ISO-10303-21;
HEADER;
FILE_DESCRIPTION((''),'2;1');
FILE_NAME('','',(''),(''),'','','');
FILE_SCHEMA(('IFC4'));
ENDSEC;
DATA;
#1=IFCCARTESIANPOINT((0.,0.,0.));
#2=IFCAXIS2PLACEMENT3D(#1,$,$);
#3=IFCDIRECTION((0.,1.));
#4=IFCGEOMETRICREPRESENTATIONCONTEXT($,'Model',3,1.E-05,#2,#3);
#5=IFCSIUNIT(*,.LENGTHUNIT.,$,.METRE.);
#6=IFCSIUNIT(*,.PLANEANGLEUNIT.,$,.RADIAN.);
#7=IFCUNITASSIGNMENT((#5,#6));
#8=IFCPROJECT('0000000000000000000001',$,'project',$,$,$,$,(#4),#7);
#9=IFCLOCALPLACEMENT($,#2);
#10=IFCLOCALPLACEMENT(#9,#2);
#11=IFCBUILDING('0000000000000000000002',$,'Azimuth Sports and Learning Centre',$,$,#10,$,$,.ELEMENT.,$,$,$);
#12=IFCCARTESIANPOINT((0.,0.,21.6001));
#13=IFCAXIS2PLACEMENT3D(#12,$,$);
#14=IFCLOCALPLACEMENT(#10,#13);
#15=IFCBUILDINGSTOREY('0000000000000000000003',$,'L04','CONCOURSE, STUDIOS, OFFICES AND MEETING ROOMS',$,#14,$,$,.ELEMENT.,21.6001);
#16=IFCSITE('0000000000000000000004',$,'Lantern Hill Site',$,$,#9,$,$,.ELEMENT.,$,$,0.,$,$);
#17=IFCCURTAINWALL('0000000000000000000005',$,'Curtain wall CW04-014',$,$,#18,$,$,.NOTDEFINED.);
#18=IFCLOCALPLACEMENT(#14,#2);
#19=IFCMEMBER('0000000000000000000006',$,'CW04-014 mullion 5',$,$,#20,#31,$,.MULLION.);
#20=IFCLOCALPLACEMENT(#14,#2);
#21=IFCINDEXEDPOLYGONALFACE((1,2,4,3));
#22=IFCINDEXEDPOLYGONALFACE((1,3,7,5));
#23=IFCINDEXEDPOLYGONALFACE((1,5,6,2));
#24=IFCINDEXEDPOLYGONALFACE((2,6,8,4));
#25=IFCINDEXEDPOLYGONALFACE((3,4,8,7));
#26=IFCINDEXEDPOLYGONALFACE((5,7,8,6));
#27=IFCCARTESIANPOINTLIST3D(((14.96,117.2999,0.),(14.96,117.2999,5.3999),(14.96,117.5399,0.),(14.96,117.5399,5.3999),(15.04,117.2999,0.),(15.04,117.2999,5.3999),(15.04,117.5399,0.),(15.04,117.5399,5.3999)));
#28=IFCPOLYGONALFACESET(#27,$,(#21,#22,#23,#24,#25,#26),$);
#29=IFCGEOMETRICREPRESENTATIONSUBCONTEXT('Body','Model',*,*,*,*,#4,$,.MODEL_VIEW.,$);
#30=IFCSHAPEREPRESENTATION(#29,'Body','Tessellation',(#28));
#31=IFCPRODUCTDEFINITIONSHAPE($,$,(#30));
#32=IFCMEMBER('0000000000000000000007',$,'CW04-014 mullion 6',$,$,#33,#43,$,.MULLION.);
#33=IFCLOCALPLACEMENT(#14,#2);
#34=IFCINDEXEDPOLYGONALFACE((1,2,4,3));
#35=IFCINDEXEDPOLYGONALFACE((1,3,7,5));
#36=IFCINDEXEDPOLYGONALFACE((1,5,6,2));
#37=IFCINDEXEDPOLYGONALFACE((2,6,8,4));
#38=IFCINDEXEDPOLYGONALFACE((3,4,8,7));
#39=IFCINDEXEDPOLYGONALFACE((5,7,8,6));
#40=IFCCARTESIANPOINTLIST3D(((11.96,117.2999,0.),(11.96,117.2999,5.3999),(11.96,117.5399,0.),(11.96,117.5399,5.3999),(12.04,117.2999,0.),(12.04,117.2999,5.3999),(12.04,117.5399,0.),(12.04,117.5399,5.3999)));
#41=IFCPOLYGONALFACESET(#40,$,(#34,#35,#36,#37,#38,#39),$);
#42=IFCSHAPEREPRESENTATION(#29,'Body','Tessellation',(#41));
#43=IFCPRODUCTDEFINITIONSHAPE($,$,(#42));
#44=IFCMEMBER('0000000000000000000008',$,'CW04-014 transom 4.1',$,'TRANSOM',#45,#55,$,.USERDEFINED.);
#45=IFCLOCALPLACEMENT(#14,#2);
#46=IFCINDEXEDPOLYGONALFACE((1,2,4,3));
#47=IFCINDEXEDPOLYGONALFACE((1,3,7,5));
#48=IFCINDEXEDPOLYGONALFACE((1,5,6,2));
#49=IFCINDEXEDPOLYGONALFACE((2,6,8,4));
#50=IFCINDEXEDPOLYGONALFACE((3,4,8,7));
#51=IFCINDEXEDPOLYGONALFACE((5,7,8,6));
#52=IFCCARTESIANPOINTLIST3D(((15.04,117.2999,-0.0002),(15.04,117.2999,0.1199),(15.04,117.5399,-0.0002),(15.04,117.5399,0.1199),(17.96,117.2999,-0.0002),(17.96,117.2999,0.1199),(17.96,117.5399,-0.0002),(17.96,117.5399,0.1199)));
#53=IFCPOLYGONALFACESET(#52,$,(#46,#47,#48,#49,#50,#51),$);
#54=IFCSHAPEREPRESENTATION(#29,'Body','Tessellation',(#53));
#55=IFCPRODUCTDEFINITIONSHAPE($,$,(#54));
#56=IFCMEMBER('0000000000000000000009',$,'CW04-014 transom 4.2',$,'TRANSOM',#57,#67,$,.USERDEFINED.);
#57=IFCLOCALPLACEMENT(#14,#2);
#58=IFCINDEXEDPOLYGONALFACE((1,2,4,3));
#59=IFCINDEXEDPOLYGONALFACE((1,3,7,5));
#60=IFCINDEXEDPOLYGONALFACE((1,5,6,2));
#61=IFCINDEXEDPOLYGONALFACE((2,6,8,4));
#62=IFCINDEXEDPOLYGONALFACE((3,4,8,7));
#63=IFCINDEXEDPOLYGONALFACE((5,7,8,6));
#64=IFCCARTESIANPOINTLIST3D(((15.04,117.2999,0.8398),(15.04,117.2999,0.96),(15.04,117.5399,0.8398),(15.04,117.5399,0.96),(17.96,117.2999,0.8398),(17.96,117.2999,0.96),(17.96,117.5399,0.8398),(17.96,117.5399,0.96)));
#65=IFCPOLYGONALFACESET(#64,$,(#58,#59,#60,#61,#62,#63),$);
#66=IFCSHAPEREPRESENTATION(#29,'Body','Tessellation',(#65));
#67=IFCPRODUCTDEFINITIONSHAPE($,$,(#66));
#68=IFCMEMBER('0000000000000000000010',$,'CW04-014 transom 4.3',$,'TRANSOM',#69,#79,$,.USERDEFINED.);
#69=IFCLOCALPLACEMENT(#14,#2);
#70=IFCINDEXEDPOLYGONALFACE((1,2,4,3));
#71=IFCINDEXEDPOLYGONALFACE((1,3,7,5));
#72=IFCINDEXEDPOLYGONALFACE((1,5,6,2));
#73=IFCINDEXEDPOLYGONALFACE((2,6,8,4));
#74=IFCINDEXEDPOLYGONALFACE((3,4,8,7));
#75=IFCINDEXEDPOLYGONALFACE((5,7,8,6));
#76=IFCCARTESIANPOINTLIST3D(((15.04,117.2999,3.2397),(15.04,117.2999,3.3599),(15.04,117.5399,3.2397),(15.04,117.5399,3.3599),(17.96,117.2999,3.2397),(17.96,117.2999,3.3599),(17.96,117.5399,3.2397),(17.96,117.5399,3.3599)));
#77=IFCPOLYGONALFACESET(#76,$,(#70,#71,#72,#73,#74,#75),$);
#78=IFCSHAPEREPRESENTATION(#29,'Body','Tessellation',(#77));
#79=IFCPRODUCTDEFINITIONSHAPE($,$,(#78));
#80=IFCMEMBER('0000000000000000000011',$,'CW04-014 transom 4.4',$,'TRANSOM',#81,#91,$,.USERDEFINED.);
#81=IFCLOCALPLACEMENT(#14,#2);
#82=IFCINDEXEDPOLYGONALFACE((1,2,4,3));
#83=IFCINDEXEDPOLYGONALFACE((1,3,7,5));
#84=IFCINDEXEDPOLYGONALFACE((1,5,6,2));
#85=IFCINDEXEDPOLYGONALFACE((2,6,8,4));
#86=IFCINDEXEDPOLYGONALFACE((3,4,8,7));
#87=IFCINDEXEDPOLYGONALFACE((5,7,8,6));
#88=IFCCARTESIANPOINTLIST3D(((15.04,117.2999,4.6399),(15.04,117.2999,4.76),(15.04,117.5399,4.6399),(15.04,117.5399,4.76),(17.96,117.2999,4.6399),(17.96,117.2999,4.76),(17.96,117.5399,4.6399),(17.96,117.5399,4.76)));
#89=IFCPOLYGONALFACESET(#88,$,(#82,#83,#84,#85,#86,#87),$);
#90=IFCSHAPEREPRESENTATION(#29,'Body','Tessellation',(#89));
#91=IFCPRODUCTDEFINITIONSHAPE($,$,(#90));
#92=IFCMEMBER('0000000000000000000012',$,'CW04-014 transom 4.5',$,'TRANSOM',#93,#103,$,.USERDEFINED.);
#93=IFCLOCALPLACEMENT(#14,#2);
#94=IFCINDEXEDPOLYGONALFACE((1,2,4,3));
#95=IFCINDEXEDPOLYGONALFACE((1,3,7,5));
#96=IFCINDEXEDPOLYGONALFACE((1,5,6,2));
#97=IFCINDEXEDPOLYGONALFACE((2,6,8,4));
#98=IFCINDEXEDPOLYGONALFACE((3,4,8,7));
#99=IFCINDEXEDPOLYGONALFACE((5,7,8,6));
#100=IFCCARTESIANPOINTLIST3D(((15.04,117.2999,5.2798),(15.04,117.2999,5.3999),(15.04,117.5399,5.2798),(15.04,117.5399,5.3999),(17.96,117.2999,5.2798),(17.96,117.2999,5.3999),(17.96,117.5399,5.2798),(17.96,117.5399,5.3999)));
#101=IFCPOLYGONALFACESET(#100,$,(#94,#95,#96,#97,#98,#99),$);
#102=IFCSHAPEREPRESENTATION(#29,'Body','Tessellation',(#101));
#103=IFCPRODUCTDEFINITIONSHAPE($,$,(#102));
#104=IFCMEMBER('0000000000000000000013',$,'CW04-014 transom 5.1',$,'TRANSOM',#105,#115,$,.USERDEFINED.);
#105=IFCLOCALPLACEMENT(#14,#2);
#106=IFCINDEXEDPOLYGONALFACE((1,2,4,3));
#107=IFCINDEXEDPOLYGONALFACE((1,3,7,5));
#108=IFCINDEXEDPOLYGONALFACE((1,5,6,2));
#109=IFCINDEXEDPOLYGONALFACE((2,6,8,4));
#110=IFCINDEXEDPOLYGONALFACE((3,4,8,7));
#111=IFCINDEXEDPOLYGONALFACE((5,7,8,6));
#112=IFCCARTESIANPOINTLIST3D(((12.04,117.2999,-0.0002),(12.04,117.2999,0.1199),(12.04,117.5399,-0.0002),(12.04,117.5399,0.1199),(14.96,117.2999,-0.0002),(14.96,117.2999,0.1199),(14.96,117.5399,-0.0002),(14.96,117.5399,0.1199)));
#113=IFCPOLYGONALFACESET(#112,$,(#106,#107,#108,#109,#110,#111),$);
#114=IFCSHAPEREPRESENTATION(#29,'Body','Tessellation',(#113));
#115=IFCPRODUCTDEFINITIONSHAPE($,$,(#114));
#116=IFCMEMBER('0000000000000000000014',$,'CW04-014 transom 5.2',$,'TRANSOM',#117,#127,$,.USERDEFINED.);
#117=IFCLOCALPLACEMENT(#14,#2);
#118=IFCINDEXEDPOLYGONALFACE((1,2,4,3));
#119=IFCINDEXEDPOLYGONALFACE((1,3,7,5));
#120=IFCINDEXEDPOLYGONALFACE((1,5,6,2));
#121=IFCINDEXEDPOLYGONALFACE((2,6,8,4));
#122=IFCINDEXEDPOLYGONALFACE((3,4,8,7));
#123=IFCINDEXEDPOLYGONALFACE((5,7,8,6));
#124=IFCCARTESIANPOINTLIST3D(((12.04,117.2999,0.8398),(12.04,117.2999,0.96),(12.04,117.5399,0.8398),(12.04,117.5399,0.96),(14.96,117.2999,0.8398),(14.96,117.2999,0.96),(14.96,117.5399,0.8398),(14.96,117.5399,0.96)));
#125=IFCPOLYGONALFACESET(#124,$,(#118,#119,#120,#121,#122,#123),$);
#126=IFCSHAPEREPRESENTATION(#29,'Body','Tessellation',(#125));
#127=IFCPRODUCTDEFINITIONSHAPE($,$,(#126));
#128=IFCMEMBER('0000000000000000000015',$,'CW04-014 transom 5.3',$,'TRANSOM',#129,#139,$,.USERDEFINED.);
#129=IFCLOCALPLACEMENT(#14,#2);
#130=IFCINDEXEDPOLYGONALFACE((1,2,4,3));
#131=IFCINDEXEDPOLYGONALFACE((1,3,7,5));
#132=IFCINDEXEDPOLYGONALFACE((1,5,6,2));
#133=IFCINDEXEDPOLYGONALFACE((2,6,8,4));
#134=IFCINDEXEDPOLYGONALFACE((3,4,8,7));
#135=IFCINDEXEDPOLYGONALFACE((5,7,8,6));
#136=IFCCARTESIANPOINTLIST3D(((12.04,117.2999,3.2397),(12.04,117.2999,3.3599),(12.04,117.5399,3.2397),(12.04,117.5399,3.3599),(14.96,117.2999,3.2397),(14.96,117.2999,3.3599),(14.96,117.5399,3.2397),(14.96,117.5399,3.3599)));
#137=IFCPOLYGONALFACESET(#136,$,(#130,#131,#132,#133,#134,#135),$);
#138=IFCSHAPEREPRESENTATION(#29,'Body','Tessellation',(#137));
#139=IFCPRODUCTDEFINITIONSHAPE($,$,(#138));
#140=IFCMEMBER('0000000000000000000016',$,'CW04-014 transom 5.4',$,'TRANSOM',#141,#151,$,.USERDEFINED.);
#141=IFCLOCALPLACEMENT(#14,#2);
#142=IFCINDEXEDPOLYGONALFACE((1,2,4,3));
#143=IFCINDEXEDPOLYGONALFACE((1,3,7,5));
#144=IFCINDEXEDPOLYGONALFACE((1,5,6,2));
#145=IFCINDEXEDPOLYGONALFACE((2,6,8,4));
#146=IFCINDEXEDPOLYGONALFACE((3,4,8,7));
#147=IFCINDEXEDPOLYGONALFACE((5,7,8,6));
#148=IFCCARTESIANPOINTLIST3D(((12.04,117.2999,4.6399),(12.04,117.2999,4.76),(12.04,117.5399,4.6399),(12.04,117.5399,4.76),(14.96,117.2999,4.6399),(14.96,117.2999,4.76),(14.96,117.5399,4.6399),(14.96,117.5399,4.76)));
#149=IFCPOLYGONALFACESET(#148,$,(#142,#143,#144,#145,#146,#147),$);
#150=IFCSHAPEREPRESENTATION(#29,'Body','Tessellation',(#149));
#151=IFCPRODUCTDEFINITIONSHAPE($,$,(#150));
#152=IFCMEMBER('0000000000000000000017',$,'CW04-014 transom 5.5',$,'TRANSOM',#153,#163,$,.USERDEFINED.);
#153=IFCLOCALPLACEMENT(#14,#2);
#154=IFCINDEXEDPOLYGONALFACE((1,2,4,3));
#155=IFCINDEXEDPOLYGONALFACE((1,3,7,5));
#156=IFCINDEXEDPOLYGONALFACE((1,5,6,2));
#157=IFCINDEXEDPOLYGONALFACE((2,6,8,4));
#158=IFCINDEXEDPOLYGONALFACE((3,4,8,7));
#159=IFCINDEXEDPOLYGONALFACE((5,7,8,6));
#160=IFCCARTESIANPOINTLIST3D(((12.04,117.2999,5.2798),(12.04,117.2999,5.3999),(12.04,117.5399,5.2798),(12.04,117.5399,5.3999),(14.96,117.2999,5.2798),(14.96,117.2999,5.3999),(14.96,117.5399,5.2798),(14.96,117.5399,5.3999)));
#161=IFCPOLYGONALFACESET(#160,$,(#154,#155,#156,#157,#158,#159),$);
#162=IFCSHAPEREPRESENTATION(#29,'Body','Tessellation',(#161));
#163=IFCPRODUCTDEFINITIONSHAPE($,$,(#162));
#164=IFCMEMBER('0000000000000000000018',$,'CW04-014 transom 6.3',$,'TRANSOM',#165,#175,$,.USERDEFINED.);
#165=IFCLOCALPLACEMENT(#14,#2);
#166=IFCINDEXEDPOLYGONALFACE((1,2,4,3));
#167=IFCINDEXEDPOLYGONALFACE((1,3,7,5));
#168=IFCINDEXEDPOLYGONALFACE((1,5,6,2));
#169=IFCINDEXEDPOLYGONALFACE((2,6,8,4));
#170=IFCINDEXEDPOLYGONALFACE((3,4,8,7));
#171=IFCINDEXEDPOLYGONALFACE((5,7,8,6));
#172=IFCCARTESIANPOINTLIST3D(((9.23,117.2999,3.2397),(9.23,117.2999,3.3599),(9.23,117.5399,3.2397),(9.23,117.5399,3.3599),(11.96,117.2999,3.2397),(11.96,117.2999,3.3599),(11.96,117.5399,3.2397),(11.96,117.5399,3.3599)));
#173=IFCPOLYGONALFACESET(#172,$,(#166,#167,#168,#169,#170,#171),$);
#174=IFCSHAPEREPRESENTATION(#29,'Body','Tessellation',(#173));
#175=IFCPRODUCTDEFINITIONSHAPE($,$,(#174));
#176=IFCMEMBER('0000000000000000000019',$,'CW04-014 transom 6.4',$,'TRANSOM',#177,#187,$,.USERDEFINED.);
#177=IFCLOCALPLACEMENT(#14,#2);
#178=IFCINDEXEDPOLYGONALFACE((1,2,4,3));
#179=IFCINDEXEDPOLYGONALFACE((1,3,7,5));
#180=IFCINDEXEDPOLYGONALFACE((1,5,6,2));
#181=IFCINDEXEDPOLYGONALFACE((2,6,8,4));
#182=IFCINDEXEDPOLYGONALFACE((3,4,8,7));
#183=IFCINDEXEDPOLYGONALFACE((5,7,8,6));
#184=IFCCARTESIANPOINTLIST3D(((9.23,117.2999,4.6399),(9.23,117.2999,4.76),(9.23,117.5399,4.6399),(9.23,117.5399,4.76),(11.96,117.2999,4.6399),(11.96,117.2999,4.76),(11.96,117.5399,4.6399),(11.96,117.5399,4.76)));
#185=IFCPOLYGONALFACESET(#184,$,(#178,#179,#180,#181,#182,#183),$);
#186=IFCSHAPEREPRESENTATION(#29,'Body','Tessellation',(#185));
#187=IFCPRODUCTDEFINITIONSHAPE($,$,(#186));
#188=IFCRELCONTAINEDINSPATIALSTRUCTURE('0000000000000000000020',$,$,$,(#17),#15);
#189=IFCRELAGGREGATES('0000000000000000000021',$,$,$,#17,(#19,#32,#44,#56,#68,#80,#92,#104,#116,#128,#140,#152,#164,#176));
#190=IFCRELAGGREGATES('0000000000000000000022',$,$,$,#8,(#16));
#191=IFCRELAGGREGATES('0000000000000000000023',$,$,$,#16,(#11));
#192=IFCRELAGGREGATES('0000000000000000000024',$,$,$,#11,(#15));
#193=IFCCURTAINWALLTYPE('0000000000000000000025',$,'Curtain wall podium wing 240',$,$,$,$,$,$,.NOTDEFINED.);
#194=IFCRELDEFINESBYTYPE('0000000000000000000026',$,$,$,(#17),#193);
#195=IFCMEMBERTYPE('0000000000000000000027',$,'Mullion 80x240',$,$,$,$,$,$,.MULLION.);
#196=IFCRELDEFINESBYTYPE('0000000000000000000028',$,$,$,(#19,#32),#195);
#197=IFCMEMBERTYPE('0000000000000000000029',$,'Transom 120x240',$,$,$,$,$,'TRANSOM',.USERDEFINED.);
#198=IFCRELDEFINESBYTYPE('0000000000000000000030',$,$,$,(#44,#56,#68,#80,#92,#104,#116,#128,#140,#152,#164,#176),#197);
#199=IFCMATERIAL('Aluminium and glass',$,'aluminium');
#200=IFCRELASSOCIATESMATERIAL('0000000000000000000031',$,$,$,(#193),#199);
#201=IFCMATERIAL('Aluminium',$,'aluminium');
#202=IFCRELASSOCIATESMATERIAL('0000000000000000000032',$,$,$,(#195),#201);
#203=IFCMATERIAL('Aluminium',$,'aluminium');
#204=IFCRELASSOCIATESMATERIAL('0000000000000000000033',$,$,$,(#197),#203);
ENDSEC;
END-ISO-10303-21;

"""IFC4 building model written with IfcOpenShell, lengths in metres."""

from ifc_helpers import new_model, si_unit, direction, frame, origin, origin_2d, place, context, subcontext, project, spatial, rectangle, extrude, material, material_profile, profile_set, type_object, element, aggregate, save


model = new_model("IFC4")

# Units and contexts
model_context = context("Model", 3, precision=1e-05, world=origin(), true_north=direction((0.0, 1.0)))
body_context = subcontext(model_context, "Body", "Model", "MODEL_VIEW")
ifc_project = project(units=[si_unit("LENGTHUNIT", "METRE"), si_unit("PLANEANGLEUNIT", "RADIAN")], contexts=[model_context])

# Site, building, storey
site_placement = place(None, origin())
site = spatial("IfcSite", under=ifc_project, at=site_placement, Name="Lantern Hill Site", CompositionType="ELEMENT", RefElevation=0.0)
building_placement = place(site_placement, origin())
building = spatial("IfcBuilding", under=site, at=building_placement, Name="Azimuth Sports and Learning Centre", CompositionType="ELEMENT")
storey_placement = place(building_placement, frame((0.0, 0.0, 21.6001)))
storey = spatial("IfcBuildingStorey", under=building, at=storey_placement, Name="L04", Description="CONCOURSE, STUDIOS, OFFICES AND MEETING ROOMS", CompositionType="ELEMENT", Elevation=21.6001)

# Curtain wall, members
ifc_material_1 = material(Name="Aluminium and glass", Category="aluminium")
curtain_wall_type = type_object("IfcCurtainWallType", Name="Curtain wall podium wing 240", PredefinedType="NOTDEFINED", material=ifc_material_1)
curtain_wall_placement = place(storey_placement, origin())
curtain_wall = element("IfcCurtainWall", 1, at=curtain_wall_placement, inside=storey, type_object=curtain_wall_type, Name="Curtain wall CW04-014", PredefinedType="NOTDEFINED")
ifc_material_2 = material(Name="Aluminium", Category="aluminium")
ifc_material_profile_1 = material_profile(ifc_material_2, rectangle(XDim=0.24, YDim=0.0801, at=origin_2d()), Name="Mullion 80x240")
ifc_profile_set_1 = profile_set([ifc_material_profile_1], Name="Aluminium")
member_type_1 = type_object("IfcMemberType", Name="Mullion 80x240", PredefinedType="MULLION", material=ifc_profile_set_1)
member_1_placement = place(storey_placement, frame((15.0, 117.4199, 0.0), z_axis=(0.0, 0.0, 1.0), x_axis=(0.0, -1.0, 0.0)))
member_1 = element("IfcMember", 2, at=member_1_placement, type_object=member_type_1, Name="CW04-014 mullion 5", PredefinedType="MULLION", context=body_context, shape_type="SweptSolid", body=[
    extrude(rectangle(XDim=0.24, YDim=0.0801, at=origin_2d()), origin(), (0.0, 0.0, 1.0), 5.3999),
])
member_2_placement = place(storey_placement, frame((12.0, 117.4199, 0.0), z_axis=(0.0, 0.0, 1.0), x_axis=(0.0, -1.0, 0.0)))
member_2 = element("IfcMember", 3, at=member_2_placement, type_object=member_type_1, Name="CW04-014 mullion 6", PredefinedType="MULLION", context=body_context, shape_type="SweptSolid", body=[
    extrude(rectangle(XDim=0.24, YDim=0.0801, at=origin_2d()), origin(), (0.0, 0.0, 1.0), 5.3999),
])
ifc_material_3 = material(Name="Aluminium", Category="aluminium")
ifc_material_profile_2 = material_profile(ifc_material_3, rectangle(XDim=0.24, YDim=0.1201, at=origin_2d()), Name="Transom 120x240")
ifc_profile_set_2 = profile_set([ifc_material_profile_2], Name="Aluminium")
member_type_2 = type_object("IfcMemberType", Name="Transom 120x240", ElementType="TRANSOM", PredefinedType="USERDEFINED", material=ifc_profile_set_2)
member_3_placement = place(storey_placement, frame((17.96, 117.4199, 0.0598), z_axis=(-1.0, 0.0, 0.0), x_axis=(0.0, -1.0, 0.0)))
member_3 = element("IfcMember", 4, at=member_3_placement, type_object=member_type_2, Name="CW04-014 transom 4.1", ObjectType="TRANSOM", PredefinedType="USERDEFINED", context=body_context, shape_type="SweptSolid", body=[
    extrude(rectangle(XDim=0.24, YDim=0.1201, at=origin_2d()), origin(), (0.0, 0.0, 1.0), 2.9199),
])
member_4_placement = place(storey_placement, frame((17.96, 117.4199, 0.8999), z_axis=(-1.0, 0.0, 0.0), x_axis=(0.0, -1.0, 0.0)))
member_4 = element("IfcMember", 5, at=member_4_placement, type_object=member_type_2, Name="CW04-014 transom 4.2", ObjectType="TRANSOM", PredefinedType="USERDEFINED", context=body_context, shape_type="SweptSolid", body=[
    extrude(rectangle(XDim=0.24, YDim=0.1201, at=origin_2d()), origin(), (0.0, 0.0, 1.0), 2.9199),
])
member_5_placement = place(storey_placement, frame((17.96, 117.4199, 3.2998), z_axis=(-1.0, 0.0, 0.0), x_axis=(0.0, -1.0, 0.0)))
member_5 = element("IfcMember", 6, at=member_5_placement, type_object=member_type_2, Name="CW04-014 transom 4.3", ObjectType="TRANSOM", PredefinedType="USERDEFINED", context=body_context, shape_type="SweptSolid", body=[
    extrude(rectangle(XDim=0.24, YDim=0.1201, at=origin_2d()), origin(), (0.0, 0.0, 1.0), 2.9199),
])
member_6_placement = place(storey_placement, frame((17.96, 117.4199, 4.7), z_axis=(-1.0, 0.0, 0.0), x_axis=(0.0, -1.0, 0.0)))
member_6 = element("IfcMember", 7, at=member_6_placement, type_object=member_type_2, Name="CW04-014 transom 4.4", ObjectType="TRANSOM", PredefinedType="USERDEFINED", context=body_context, shape_type="SweptSolid", body=[
    extrude(rectangle(XDim=0.24, YDim=0.1201, at=origin_2d()), origin(), (0.0, 0.0, 1.0), 2.9199),
])
member_7_placement = place(storey_placement, frame((17.96, 117.4199, 5.3398), z_axis=(-1.0, 0.0, 0.0), x_axis=(0.0, -1.0, 0.0)))
member_7 = element("IfcMember", 8, at=member_7_placement, type_object=member_type_2, Name="CW04-014 transom 4.5", ObjectType="TRANSOM", PredefinedType="USERDEFINED", context=body_context, shape_type="SweptSolid", body=[
    extrude(rectangle(XDim=0.24, YDim=0.1201, at=origin_2d()), origin(), (0.0, 0.0, 1.0), 2.9199),
])
member_8_placement = place(storey_placement, frame((14.96, 117.4199, 0.0598), z_axis=(-1.0, 0.0, 0.0), x_axis=(0.0, -1.0, 0.0)))
member_8 = element("IfcMember", 9, at=member_8_placement, type_object=member_type_2, Name="CW04-014 transom 5.1", ObjectType="TRANSOM", PredefinedType="USERDEFINED", context=body_context, shape_type="SweptSolid", body=[
    extrude(rectangle(XDim=0.24, YDim=0.1201, at=origin_2d()), origin(), (0.0, 0.0, 1.0), 2.9199),
])
member_9_placement = place(storey_placement, frame((14.96, 117.4199, 0.8999), z_axis=(-1.0, 0.0, 0.0), x_axis=(0.0, -1.0, 0.0)))
member_9 = element("IfcMember", 10, at=member_9_placement, type_object=member_type_2, Name="CW04-014 transom 5.2", ObjectType="TRANSOM", PredefinedType="USERDEFINED", context=body_context, shape_type="SweptSolid", body=[
    extrude(rectangle(XDim=0.24, YDim=0.1201, at=origin_2d()), origin(), (0.0, 0.0, 1.0), 2.9199),
])
member_10_placement = place(storey_placement, frame((14.96, 117.4199, 3.2998), z_axis=(-1.0, 0.0, 0.0), x_axis=(0.0, -1.0, 0.0)))
member_10 = element("IfcMember", 11, at=member_10_placement, type_object=member_type_2, Name="CW04-014 transom 5.3", ObjectType="TRANSOM", PredefinedType="USERDEFINED", context=body_context, shape_type="SweptSolid", body=[
    extrude(rectangle(XDim=0.24, YDim=0.1201, at=origin_2d()), origin(), (0.0, 0.0, 1.0), 2.9199),
])
member_11_placement = place(storey_placement, frame((14.96, 117.4199, 4.7), z_axis=(-1.0, 0.0, 0.0), x_axis=(0.0, -1.0, 0.0)))
member_11 = element("IfcMember", 12, at=member_11_placement, type_object=member_type_2, Name="CW04-014 transom 5.4", ObjectType="TRANSOM", PredefinedType="USERDEFINED", context=body_context, shape_type="SweptSolid", body=[
    extrude(rectangle(XDim=0.24, YDim=0.1201, at=origin_2d()), origin(), (0.0, 0.0, 1.0), 2.9199),
])
member_12_placement = place(storey_placement, frame((14.96, 117.4199, 5.3398), z_axis=(-1.0, 0.0, 0.0), x_axis=(0.0, -1.0, 0.0)))
member_12 = element("IfcMember", 13, at=member_12_placement, type_object=member_type_2, Name="CW04-014 transom 5.5", ObjectType="TRANSOM", PredefinedType="USERDEFINED", context=body_context, shape_type="SweptSolid", body=[
    extrude(rectangle(XDim=0.24, YDim=0.1201, at=origin_2d()), origin(), (0.0, 0.0, 1.0), 2.9199),
])
member_13_placement = place(storey_placement, frame((11.96, 117.4199, 3.2998), z_axis=(-1.0, 0.0, 0.0), x_axis=(0.0, -1.0, 0.0)))
member_13 = element("IfcMember", 14, at=member_13_placement, type_object=member_type_2, Name="CW04-014 transom 6.3", ObjectType="TRANSOM", PredefinedType="USERDEFINED", context=body_context, shape_type="SweptSolid", body=[
    extrude(rectangle(XDim=0.24, YDim=0.1201, at=origin_2d()), origin(), (0.0, 0.0, 1.0), 2.73),
])
member_14_placement = place(storey_placement, frame((11.96, 117.4199, 4.7), z_axis=(-1.0, 0.0, 0.0), x_axis=(0.0, -1.0, 0.0)))
member_14 = element("IfcMember", 15, at=member_14_placement, type_object=member_type_2, Name="CW04-014 transom 6.4", ObjectType="TRANSOM", PredefinedType="USERDEFINED", context=body_context, shape_type="SweptSolid", body=[
    extrude(rectangle(XDim=0.24, YDim=0.1201, at=origin_2d()), origin(), (0.0, 0.0, 1.0), 2.73),
])
aggregate(curtain_wall, [member_1, member_2, member_3, member_4, member_5, member_6, member_7, member_8, member_9, member_10, member_11, member_12, member_13, member_14])

save(model, "model.ifc")
